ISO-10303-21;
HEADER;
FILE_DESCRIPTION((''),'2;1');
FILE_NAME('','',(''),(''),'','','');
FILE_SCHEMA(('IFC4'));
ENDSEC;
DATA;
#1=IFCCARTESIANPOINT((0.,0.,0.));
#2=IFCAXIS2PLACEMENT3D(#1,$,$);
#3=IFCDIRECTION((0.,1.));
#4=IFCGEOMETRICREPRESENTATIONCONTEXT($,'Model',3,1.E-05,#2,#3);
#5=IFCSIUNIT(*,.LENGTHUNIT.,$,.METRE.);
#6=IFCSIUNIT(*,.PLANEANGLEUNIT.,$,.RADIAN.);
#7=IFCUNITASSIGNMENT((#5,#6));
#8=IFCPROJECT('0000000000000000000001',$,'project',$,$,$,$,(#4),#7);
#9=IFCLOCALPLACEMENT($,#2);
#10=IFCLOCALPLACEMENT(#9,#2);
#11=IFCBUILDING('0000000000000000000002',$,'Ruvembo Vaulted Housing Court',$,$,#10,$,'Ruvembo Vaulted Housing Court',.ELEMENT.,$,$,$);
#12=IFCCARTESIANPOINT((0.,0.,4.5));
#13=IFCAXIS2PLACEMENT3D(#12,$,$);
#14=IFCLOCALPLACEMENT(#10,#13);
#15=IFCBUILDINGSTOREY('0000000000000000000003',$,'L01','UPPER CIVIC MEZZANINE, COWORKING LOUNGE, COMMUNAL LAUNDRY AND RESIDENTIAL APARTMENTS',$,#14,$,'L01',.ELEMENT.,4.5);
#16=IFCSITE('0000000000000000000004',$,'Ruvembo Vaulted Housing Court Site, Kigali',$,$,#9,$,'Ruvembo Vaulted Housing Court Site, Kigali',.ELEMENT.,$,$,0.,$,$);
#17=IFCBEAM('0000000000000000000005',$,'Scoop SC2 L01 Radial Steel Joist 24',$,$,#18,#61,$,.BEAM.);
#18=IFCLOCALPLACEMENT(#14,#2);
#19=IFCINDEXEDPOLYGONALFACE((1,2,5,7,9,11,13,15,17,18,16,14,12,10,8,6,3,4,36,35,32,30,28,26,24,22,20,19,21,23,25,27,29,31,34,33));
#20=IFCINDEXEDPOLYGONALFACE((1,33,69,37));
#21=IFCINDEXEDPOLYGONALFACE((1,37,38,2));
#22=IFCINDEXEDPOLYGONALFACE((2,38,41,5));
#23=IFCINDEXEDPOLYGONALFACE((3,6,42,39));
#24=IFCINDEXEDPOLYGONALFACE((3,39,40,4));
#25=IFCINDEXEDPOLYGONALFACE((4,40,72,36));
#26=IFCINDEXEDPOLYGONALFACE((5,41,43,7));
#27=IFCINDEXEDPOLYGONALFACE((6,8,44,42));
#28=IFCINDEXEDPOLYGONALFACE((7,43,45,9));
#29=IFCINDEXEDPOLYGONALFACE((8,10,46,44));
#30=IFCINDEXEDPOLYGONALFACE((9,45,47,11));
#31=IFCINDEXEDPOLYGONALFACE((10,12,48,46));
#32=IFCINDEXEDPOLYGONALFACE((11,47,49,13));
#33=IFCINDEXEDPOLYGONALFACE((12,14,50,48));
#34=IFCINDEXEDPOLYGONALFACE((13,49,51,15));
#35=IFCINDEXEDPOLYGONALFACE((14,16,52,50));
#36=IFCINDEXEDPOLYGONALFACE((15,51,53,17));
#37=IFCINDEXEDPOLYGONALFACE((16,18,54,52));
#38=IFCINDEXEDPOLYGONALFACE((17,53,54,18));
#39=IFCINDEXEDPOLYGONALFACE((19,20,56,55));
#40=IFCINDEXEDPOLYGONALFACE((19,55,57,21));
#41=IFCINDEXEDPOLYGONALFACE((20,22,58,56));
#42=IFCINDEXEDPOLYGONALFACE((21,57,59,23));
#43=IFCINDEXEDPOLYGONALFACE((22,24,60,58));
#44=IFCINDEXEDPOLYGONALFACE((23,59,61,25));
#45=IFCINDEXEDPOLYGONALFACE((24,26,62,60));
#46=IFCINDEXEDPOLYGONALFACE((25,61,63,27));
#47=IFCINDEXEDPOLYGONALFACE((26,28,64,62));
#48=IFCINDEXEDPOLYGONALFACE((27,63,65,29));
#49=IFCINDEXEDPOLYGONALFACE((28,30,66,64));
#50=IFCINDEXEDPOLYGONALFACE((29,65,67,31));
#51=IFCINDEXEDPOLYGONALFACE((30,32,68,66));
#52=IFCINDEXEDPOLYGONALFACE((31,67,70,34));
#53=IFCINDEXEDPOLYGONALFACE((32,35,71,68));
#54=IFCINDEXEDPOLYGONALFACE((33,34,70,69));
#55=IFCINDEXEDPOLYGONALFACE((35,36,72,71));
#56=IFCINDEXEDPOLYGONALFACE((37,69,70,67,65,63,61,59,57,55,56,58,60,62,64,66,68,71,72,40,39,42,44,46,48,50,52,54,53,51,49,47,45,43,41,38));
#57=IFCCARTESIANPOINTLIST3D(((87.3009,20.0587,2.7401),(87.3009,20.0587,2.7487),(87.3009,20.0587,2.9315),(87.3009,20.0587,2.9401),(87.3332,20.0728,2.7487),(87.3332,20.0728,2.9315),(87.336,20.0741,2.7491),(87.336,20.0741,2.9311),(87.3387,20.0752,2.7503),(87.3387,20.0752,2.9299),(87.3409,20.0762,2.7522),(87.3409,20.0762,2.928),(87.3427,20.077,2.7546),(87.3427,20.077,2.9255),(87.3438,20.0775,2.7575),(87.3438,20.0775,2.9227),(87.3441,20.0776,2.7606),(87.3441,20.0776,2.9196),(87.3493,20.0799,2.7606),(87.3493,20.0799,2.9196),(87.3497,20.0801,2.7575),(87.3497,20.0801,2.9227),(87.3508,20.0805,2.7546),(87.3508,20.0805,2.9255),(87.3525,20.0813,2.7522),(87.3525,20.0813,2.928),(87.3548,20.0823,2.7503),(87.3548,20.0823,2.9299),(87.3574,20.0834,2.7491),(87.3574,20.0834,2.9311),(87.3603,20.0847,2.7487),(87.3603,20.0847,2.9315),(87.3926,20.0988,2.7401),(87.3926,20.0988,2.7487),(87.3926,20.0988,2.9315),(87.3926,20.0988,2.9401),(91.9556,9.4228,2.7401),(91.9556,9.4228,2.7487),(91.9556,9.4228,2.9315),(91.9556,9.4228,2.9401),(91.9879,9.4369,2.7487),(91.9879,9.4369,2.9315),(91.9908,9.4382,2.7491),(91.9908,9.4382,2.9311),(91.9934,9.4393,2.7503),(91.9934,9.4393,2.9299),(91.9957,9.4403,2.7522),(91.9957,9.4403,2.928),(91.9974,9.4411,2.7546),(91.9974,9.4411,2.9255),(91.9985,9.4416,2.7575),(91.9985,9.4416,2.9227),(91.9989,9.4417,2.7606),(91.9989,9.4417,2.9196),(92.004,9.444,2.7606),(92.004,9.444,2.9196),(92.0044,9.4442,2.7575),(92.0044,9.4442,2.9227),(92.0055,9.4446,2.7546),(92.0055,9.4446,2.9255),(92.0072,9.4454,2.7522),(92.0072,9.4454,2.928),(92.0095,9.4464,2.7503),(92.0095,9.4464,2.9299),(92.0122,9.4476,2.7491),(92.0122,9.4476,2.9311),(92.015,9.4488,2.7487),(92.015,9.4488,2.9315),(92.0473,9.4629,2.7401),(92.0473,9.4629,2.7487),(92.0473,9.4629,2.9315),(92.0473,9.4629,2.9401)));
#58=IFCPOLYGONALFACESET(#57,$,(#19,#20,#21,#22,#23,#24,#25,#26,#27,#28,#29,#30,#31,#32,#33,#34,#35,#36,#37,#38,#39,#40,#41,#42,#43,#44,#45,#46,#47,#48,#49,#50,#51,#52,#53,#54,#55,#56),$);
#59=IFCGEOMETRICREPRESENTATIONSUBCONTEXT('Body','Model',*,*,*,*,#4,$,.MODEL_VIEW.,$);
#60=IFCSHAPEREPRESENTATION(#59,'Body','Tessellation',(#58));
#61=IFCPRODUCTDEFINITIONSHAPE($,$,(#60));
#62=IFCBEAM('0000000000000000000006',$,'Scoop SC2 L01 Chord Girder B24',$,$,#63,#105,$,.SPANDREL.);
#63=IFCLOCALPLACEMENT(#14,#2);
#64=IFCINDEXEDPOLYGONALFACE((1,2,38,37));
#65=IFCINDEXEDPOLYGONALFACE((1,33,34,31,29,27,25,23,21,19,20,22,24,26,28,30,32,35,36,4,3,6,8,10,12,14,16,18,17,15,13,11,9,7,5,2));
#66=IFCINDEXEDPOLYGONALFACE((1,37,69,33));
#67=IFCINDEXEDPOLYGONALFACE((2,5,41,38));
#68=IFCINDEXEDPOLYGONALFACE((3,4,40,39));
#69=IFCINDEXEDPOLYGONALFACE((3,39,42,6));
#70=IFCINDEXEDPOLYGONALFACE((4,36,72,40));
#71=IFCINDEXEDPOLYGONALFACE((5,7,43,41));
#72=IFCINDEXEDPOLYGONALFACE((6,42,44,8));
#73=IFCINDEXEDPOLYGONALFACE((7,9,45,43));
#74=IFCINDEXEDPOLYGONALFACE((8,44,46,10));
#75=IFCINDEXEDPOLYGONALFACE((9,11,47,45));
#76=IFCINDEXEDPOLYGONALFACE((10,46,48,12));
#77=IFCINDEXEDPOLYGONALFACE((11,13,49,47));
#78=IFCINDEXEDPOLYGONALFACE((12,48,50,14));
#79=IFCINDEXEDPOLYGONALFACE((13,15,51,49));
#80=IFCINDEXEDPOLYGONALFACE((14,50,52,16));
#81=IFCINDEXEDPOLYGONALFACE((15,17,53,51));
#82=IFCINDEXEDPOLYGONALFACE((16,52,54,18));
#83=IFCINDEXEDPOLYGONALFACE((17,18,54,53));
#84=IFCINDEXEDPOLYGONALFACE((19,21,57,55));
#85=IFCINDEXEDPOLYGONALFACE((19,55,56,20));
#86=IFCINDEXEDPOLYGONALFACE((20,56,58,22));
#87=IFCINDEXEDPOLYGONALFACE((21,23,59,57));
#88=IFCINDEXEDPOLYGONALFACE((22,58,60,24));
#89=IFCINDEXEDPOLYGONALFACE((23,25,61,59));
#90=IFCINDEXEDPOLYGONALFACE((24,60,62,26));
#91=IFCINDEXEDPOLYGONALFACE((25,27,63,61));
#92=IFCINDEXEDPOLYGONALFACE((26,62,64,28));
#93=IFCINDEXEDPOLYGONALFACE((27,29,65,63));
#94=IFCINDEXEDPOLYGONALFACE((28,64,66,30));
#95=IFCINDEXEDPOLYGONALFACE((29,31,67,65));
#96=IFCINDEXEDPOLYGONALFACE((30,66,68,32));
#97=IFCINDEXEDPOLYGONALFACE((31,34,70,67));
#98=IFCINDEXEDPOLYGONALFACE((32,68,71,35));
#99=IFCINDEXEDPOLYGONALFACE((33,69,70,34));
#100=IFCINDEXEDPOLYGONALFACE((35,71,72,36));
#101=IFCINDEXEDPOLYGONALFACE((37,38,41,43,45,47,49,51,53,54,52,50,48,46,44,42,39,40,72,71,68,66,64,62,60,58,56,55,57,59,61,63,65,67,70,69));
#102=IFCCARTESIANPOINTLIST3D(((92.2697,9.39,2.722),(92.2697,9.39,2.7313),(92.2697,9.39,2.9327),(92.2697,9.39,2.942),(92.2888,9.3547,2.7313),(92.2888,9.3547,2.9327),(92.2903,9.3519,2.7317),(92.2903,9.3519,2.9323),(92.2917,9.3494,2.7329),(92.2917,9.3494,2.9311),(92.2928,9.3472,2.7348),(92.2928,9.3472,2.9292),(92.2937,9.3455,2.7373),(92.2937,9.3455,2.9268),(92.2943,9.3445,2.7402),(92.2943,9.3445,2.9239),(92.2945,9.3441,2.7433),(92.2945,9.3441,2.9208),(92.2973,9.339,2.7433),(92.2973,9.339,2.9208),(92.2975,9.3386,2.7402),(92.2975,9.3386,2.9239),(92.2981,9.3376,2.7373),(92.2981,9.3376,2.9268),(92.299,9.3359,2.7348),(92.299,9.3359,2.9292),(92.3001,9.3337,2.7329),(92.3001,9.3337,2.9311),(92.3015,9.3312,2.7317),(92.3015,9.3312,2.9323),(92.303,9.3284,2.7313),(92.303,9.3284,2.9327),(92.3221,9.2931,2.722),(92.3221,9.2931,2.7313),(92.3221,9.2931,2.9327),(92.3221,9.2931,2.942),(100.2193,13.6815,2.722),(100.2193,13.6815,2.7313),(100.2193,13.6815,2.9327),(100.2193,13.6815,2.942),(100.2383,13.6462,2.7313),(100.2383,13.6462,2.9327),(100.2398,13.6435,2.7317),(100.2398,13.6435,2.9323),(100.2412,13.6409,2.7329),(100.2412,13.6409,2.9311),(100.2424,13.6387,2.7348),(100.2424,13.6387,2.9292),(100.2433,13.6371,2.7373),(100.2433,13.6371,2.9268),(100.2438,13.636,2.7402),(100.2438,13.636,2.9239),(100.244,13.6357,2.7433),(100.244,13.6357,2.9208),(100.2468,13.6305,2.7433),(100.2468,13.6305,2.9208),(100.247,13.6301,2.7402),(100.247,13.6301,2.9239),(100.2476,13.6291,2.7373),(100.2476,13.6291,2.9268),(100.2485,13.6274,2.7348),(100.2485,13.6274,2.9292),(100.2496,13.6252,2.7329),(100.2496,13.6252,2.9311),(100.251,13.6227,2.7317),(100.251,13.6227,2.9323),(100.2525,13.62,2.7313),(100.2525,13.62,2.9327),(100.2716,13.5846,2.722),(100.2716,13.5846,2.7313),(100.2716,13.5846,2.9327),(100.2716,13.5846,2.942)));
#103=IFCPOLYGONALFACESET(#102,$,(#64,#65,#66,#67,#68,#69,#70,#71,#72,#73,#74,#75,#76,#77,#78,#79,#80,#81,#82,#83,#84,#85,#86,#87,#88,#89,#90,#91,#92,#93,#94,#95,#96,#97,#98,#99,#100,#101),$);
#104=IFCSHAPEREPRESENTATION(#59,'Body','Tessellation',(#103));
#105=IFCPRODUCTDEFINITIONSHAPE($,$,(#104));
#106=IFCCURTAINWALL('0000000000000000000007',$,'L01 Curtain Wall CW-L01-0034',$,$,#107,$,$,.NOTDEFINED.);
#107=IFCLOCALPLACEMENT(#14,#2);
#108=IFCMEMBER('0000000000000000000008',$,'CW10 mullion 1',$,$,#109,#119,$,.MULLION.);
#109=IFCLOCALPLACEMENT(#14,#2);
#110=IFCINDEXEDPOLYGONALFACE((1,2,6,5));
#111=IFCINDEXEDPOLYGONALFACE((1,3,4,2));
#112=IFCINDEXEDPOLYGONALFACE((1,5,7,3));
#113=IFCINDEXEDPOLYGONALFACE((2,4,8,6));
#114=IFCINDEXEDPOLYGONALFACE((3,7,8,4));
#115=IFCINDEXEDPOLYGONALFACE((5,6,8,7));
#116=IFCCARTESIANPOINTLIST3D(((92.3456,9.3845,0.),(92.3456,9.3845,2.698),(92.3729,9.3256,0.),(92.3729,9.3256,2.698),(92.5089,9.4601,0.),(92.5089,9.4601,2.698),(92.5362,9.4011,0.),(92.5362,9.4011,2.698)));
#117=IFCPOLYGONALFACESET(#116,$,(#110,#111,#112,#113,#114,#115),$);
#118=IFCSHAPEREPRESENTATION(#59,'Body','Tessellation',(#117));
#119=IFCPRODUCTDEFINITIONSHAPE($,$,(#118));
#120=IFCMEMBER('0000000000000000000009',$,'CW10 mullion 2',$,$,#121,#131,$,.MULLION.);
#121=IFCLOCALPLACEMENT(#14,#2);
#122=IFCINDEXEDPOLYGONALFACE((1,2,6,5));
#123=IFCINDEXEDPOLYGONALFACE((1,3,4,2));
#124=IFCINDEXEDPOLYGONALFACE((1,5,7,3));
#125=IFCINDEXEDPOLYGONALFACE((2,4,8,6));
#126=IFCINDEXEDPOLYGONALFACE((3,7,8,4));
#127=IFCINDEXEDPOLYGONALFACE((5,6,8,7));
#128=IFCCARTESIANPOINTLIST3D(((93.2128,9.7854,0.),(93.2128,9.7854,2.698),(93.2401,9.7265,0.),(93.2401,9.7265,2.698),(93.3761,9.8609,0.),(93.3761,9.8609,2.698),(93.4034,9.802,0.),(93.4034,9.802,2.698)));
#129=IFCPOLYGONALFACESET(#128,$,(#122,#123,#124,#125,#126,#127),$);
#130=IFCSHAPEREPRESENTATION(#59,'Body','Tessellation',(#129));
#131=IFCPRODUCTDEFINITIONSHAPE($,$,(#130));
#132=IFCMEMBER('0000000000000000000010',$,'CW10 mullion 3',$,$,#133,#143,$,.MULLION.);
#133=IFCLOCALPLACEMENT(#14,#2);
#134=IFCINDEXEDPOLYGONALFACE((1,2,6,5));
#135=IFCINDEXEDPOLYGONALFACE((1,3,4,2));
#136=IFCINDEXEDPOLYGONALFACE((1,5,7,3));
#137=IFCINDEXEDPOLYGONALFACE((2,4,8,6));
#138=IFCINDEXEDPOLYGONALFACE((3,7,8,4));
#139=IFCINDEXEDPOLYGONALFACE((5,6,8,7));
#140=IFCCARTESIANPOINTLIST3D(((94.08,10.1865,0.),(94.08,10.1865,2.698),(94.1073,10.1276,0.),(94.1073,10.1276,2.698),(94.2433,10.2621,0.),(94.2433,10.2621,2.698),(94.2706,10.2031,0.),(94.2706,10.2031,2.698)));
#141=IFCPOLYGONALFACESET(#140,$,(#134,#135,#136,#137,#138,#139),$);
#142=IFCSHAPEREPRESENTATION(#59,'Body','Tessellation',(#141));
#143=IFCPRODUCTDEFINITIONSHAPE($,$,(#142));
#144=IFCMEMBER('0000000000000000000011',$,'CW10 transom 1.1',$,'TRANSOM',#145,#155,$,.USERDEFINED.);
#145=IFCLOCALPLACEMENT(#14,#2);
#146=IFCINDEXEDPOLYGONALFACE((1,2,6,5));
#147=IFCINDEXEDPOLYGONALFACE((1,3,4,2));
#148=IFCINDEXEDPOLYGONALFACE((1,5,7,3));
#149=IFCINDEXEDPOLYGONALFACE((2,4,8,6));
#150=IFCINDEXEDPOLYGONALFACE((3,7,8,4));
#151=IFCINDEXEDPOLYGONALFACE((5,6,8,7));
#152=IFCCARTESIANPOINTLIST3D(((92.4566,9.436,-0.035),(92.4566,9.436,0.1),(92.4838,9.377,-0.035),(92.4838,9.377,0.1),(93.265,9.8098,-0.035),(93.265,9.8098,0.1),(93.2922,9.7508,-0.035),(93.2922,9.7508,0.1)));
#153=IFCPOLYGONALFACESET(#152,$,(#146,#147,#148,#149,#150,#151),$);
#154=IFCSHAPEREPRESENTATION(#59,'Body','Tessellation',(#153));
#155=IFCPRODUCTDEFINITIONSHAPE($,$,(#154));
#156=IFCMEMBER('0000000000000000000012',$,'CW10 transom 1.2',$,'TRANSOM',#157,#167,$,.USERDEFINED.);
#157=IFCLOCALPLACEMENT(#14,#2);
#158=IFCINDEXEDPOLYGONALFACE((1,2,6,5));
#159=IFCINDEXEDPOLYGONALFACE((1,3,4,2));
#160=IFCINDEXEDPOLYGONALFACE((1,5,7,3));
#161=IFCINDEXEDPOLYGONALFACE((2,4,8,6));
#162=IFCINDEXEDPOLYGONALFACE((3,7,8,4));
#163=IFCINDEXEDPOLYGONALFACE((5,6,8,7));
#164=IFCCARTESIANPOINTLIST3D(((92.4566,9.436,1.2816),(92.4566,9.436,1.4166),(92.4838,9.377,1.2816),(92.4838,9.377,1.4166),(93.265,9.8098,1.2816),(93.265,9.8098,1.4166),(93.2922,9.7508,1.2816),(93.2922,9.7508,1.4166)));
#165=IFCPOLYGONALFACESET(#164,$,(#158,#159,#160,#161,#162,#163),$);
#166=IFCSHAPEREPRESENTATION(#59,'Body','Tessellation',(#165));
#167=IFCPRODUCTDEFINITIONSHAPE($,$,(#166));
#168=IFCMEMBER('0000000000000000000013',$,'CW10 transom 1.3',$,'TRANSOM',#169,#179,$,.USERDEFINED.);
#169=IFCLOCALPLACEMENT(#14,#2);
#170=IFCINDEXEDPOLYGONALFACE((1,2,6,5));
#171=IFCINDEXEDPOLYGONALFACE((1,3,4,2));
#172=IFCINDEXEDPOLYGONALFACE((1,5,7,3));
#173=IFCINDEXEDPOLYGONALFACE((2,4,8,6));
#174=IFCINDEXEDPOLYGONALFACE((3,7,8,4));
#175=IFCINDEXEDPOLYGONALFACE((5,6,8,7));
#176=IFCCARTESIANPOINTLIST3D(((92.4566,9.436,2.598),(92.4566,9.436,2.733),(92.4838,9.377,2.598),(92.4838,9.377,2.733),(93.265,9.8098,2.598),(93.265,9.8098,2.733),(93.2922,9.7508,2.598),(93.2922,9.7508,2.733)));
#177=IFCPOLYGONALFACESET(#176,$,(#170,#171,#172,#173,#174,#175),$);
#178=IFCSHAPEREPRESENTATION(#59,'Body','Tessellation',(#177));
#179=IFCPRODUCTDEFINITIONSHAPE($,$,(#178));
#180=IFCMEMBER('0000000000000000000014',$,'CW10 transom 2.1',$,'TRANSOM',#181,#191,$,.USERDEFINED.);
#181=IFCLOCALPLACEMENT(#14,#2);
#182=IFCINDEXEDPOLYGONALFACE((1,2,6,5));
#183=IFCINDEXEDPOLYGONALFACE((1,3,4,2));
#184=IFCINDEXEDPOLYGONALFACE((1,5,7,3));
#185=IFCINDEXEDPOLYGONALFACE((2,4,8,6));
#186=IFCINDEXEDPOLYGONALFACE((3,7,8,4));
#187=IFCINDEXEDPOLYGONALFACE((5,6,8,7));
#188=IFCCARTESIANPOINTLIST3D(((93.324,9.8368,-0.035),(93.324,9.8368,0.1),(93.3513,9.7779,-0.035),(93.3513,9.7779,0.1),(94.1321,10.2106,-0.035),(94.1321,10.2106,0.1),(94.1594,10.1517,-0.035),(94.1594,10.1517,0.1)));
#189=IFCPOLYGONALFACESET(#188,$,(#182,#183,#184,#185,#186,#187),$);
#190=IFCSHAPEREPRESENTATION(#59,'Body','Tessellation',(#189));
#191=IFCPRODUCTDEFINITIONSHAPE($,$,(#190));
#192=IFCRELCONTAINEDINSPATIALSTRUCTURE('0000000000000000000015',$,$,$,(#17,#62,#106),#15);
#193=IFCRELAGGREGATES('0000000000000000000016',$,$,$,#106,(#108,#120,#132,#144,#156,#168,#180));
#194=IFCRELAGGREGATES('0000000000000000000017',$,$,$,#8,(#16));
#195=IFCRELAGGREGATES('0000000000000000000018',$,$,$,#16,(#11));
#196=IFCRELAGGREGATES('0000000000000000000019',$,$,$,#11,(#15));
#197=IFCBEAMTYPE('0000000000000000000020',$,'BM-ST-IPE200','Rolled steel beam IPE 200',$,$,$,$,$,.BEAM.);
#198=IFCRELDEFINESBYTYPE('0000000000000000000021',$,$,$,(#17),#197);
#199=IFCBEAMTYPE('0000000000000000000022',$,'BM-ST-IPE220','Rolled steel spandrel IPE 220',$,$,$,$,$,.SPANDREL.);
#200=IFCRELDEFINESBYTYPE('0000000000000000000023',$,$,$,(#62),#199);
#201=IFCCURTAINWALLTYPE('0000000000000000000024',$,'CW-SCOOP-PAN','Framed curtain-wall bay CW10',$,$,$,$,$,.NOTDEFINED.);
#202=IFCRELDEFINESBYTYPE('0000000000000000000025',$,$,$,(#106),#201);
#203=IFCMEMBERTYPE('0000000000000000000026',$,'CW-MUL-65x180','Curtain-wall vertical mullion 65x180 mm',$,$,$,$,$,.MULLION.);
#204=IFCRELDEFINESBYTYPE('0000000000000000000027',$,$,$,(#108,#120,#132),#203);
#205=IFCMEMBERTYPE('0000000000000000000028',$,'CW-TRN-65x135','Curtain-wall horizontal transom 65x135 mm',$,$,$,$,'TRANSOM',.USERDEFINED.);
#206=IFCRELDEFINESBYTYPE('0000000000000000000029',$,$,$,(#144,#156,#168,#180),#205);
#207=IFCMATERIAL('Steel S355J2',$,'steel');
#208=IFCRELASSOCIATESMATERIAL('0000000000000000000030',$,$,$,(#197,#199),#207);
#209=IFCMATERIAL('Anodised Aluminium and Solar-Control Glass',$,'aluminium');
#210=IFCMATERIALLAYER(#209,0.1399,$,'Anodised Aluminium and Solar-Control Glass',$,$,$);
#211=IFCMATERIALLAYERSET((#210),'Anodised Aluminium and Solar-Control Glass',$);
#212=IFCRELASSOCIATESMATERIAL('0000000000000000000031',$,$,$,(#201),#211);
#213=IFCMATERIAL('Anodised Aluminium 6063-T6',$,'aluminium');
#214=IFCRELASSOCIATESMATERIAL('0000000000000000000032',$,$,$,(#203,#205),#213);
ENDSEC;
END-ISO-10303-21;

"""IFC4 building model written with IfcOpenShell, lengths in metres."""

from ifc_helpers import new_model, si_unit, direction, frame, origin, origin_2d, place, context, subcontext, project, spatial, rectangle, i_section, extrude, material, layer, layer_set, material_profile, profile_set, type_object, element, aggregate, save


model = new_model("IFC4")

# Units and contexts
model_context = context("Model", 3, precision=1e-05, world=origin(), true_north=direction((0.0, 1.0)))
body_context = subcontext(model_context, "Body", "Model", "MODEL_VIEW")
ifc_project = project(units=[si_unit("LENGTHUNIT", "METRE"), si_unit("PLANEANGLEUNIT", "RADIAN")], contexts=[model_context])

# Site, building, storey
site_placement = place(None, origin())
site = spatial("IfcSite", under=ifc_project, at=site_placement, Name="Ruvembo Vaulted Housing Court Site, Kigali", LongName="Ruvembo Vaulted Housing Court Site, Kigali", CompositionType="ELEMENT", RefElevation=0.0)
building_placement = place(site_placement, origin())
building = spatial("IfcBuilding", under=site, at=building_placement, Name="Ruvembo Vaulted Housing Court", LongName="Ruvembo Vaulted Housing Court", CompositionType="ELEMENT")
storey_placement = place(building_placement, frame((0.0, 0.0, 4.5)))
storey = spatial("IfcBuildingStorey", under=building, at=storey_placement, Name="L01", Description="UPPER CIVIC MEZZANINE, COWORKING LOUNGE, COMMUNAL LAUNDRY AND RESIDENTIAL APARTMENTS", LongName="L01", CompositionType="ELEMENT", Elevation=4.5)

# Beams
ifc_material_1 = material(Name="Steel S355J2", Category="steel")
ifc_material_profile_1 = material_profile(ifc_material_1, i_section(OverallWidth=0.1001, OverallDepth=0.2, WebThickness=0.0056, FlangeThickness=0.0085, FilletRadius=0.012, at=origin_2d()), Name="IPE 200")
ifc_profile_set_1 = profile_set([ifc_material_profile_1], Name="Steel S355J2")
beam_type_1 = type_object("IfcBeamType", Name="BM-ST-IPE200", Description="Rolled steel beam IPE 200", PredefinedType="BEAM", material=ifc_profile_set_1)
beam_1_placement = place(storey_placement, frame((92.0015, 9.4429, 2.8401), z_axis=(-0.40093, 0.916109, 0.0), x_axis=(-0.916109, -0.40093, 0.0)))
element("IfcBeam", 1, at=beam_1_placement, inside=storey, type_object=beam_type_1, Name="Scoop SC2 L01 Radial Steel Joist 24", PredefinedType="BEAM", context=body_context, shape_type="SweptSolid", body=[
    extrude(i_section(OverallWidth=0.1001, OverallDepth=0.2, WebThickness=0.0056, FlangeThickness=0.0085, FilletRadius=0.012, at=origin_2d()), origin(), (0.0, 0.0, 1.0), 11.6099),
])
ifc_material_profile_2 = material_profile(ifc_material_1, i_section(OverallWidth=0.1101, OverallDepth=0.22, WebThickness=0.0059, FlangeThickness=0.0093, FilletRadius=0.012, at=origin_2d()), Name="IPE 220")
ifc_profile_set_2 = profile_set([ifc_material_profile_2], Name="Steel S355J2")
beam_type_2 = type_object("IfcBeamType", Name="BM-ST-IPE220", Description="Rolled steel spandrel IPE 220", PredefinedType="SPANDREL", material=ifc_profile_set_2)
beam_2_placement = place(storey_placement, frame((92.2959, 9.3416, 2.832), z_axis=(0.879961, 0.475046, 0.0), x_axis=(-0.475046, 0.879961, 0.0)))
element("IfcBeam", 2, at=beam_2_placement, inside=storey, type_object=beam_type_2, Name="Scoop SC2 L01 Chord Girder B24", PredefinedType="SPANDREL", context=body_context, shape_type="SweptSolid", body=[
    extrude(i_section(OverallWidth=0.1101, OverallDepth=0.22, WebThickness=0.0059, FlangeThickness=0.0093, FilletRadius=0.012, at=origin_2d()), origin(), (0.0, 0.0, 1.0), 9.0339),
])

# Curtain wall, members
ifc_material_2 = material(Name="Anodised Aluminium and Solar-Control Glass", Category="aluminium")
ifc_layer_1 = layer(ifc_material_2, 0.1399, Name="Anodised Aluminium and Solar-Control Glass")
ifc_layer_set_1 = layer_set([ifc_layer_1], Name="Anodised Aluminium and Solar-Control Glass")
curtain_wall_type = type_object("IfcCurtainWallType", Name="CW-SCOOP-PAN", Description="Framed curtain-wall bay CW10", PredefinedType="NOTDEFINED", material=ifc_layer_set_1)
curtain_wall_placement = place(storey_placement, origin())
curtain_wall = element("IfcCurtainWall", 3, at=curtain_wall_placement, inside=storey, type_object=curtain_wall_type, Name="L01 Curtain Wall CW-L01-0034", PredefinedType="NOTDEFINED")
ifc_material_3 = material(Name="Anodised Aluminium 6063-T6", Category="aluminium")
ifc_material_profile_3 = material_profile(ifc_material_3, rectangle(XDim=0.0649, YDim=0.1799, at=origin_2d()), Name="ALU 65x180")
ifc_profile_set_3 = profile_set([ifc_material_profile_3], Name="Anodised Aluminium 6063-T6")
member_type_1 = type_object("IfcMemberType", Name="CW-MUL-65x180", Description="Curtain-wall vertical mullion 65x180 mm", PredefinedType="MULLION", material=ifc_profile_set_3)
member_1_placement = place(storey_placement, frame((92.4409, 9.3928, 0.0), z_axis=(0.0, 0.0, 1.0), x_axis=(-0.419738, 0.907645, 0.0)))
member_1 = element("IfcMember", 4, at=member_1_placement, type_object=member_type_1, Name="CW10 mullion 1", PredefinedType="MULLION", context=body_context, shape_type="SweptSolid", body=[
    extrude(rectangle(XDim=0.0649, YDim=0.1799, at=origin_2d()), origin(), (0.0, 0.0, 1.0), 2.698),
])
member_2_placement = place(storey_placement, frame((93.3081, 9.7937, 0.0), z_axis=(0.0, 0.0, 1.0), x_axis=(-0.419738, 0.907645, 0.0)))
member_2 = element("IfcMember", 5, at=member_2_placement, type_object=member_type_1, Name="CW10 mullion 2", PredefinedType="MULLION", context=body_context, shape_type="SweptSolid", body=[
    extrude(rectangle(XDim=0.0649, YDim=0.1799, at=origin_2d()), origin(), (0.0, 0.0, 1.0), 2.698),
])
member_3_placement = place(storey_placement, frame((94.1753, 10.1948, 0.0), z_axis=(0.0, 0.0, 1.0), x_axis=(-0.419738, 0.907645, 0.0)))
member_3 = element("IfcMember", 6, at=member_3_placement, type_object=member_type_1, Name="CW10 mullion 3", PredefinedType="MULLION", context=body_context, shape_type="SweptSolid", body=[
    extrude(rectangle(XDim=0.0649, YDim=0.1799, at=origin_2d()), origin(), (0.0, 0.0, 1.0), 2.698),
])
ifc_material_profile_4 = material_profile(ifc_material_3, rectangle(XDim=0.0649, YDim=0.135, at=origin_2d()), Name="ALU 65x135")
ifc_profile_set_4 = profile_set([ifc_material_profile_4], Name="Anodised Aluminium 6063-T6")
member_type_2 = type_object("IfcMemberType", Name="CW-TRN-65x135", Description="Curtain-wall horizontal transom 65x135 mm", ElementType="TRANSOM", PredefinedType="USERDEFINED", material=ifc_profile_set_4)
member_4_placement = place(storey_placement, frame((92.4702, 9.4065, 0.0325), z_axis=(0.907662, 0.419701, 0.0), x_axis=(-0.419701, 0.907662, 0.0)))
member_4 = element("IfcMember", 7, at=member_4_placement, type_object=member_type_2, Name="CW10 transom 1.1", ObjectType="TRANSOM", PredefinedType="USERDEFINED", context=body_context, shape_type="SweptSolid", body=[
    extrude(rectangle(XDim=0.0649, YDim=0.135, at=origin_2d()), origin(), (0.0, 0.0, 1.0), 0.8906),
])
member_5_placement = place(storey_placement, frame((92.4702, 9.4065, 1.3491), z_axis=(0.907662, 0.419701, 0.0), x_axis=(-0.419701, 0.907662, 0.0)))
member_5 = element("IfcMember", 8, at=member_5_placement, type_object=member_type_2, Name="CW10 transom 1.2", ObjectType="TRANSOM", PredefinedType="USERDEFINED", context=body_context, shape_type="SweptSolid", body=[
    extrude(rectangle(XDim=0.0649, YDim=0.135, at=origin_2d()), origin(), (0.0, 0.0, 1.0), 0.8906),
])
member_6_placement = place(storey_placement, frame((92.4702, 9.4065, 2.6655), z_axis=(0.907662, 0.419701, 0.0), x_axis=(-0.419701, 0.907662, 0.0)))
member_6 = element("IfcMember", 9, at=member_6_placement, type_object=member_type_2, Name="CW10 transom 1.3", ObjectType="TRANSOM", PredefinedType="USERDEFINED", context=body_context, shape_type="SweptSolid", body=[
    extrude(rectangle(XDim=0.0649, YDim=0.135, at=origin_2d()), origin(), (0.0, 0.0, 1.0), 0.8906),
])
member_7_placement = place(storey_placement, frame((93.3376, 9.8074, 0.0325), z_axis=(0.907614, 0.419806, 0.0), x_axis=(-0.419806, 0.907614, 0.0)))
member_7 = element("IfcMember", 10, at=member_7_placement, type_object=member_type_2, Name="CW10 transom 2.1", ObjectType="TRANSOM", PredefinedType="USERDEFINED", context=body_context, shape_type="SweptSolid", body=[
    extrude(rectangle(XDim=0.0649, YDim=0.135, at=origin_2d()), origin(), (0.0, 0.0, 1.0), 0.8904),
])

aggregate(curtain_wall, [member_1, member_2, member_3, member_4, member_5, member_6, member_7])

save(model, "model.ifc")
